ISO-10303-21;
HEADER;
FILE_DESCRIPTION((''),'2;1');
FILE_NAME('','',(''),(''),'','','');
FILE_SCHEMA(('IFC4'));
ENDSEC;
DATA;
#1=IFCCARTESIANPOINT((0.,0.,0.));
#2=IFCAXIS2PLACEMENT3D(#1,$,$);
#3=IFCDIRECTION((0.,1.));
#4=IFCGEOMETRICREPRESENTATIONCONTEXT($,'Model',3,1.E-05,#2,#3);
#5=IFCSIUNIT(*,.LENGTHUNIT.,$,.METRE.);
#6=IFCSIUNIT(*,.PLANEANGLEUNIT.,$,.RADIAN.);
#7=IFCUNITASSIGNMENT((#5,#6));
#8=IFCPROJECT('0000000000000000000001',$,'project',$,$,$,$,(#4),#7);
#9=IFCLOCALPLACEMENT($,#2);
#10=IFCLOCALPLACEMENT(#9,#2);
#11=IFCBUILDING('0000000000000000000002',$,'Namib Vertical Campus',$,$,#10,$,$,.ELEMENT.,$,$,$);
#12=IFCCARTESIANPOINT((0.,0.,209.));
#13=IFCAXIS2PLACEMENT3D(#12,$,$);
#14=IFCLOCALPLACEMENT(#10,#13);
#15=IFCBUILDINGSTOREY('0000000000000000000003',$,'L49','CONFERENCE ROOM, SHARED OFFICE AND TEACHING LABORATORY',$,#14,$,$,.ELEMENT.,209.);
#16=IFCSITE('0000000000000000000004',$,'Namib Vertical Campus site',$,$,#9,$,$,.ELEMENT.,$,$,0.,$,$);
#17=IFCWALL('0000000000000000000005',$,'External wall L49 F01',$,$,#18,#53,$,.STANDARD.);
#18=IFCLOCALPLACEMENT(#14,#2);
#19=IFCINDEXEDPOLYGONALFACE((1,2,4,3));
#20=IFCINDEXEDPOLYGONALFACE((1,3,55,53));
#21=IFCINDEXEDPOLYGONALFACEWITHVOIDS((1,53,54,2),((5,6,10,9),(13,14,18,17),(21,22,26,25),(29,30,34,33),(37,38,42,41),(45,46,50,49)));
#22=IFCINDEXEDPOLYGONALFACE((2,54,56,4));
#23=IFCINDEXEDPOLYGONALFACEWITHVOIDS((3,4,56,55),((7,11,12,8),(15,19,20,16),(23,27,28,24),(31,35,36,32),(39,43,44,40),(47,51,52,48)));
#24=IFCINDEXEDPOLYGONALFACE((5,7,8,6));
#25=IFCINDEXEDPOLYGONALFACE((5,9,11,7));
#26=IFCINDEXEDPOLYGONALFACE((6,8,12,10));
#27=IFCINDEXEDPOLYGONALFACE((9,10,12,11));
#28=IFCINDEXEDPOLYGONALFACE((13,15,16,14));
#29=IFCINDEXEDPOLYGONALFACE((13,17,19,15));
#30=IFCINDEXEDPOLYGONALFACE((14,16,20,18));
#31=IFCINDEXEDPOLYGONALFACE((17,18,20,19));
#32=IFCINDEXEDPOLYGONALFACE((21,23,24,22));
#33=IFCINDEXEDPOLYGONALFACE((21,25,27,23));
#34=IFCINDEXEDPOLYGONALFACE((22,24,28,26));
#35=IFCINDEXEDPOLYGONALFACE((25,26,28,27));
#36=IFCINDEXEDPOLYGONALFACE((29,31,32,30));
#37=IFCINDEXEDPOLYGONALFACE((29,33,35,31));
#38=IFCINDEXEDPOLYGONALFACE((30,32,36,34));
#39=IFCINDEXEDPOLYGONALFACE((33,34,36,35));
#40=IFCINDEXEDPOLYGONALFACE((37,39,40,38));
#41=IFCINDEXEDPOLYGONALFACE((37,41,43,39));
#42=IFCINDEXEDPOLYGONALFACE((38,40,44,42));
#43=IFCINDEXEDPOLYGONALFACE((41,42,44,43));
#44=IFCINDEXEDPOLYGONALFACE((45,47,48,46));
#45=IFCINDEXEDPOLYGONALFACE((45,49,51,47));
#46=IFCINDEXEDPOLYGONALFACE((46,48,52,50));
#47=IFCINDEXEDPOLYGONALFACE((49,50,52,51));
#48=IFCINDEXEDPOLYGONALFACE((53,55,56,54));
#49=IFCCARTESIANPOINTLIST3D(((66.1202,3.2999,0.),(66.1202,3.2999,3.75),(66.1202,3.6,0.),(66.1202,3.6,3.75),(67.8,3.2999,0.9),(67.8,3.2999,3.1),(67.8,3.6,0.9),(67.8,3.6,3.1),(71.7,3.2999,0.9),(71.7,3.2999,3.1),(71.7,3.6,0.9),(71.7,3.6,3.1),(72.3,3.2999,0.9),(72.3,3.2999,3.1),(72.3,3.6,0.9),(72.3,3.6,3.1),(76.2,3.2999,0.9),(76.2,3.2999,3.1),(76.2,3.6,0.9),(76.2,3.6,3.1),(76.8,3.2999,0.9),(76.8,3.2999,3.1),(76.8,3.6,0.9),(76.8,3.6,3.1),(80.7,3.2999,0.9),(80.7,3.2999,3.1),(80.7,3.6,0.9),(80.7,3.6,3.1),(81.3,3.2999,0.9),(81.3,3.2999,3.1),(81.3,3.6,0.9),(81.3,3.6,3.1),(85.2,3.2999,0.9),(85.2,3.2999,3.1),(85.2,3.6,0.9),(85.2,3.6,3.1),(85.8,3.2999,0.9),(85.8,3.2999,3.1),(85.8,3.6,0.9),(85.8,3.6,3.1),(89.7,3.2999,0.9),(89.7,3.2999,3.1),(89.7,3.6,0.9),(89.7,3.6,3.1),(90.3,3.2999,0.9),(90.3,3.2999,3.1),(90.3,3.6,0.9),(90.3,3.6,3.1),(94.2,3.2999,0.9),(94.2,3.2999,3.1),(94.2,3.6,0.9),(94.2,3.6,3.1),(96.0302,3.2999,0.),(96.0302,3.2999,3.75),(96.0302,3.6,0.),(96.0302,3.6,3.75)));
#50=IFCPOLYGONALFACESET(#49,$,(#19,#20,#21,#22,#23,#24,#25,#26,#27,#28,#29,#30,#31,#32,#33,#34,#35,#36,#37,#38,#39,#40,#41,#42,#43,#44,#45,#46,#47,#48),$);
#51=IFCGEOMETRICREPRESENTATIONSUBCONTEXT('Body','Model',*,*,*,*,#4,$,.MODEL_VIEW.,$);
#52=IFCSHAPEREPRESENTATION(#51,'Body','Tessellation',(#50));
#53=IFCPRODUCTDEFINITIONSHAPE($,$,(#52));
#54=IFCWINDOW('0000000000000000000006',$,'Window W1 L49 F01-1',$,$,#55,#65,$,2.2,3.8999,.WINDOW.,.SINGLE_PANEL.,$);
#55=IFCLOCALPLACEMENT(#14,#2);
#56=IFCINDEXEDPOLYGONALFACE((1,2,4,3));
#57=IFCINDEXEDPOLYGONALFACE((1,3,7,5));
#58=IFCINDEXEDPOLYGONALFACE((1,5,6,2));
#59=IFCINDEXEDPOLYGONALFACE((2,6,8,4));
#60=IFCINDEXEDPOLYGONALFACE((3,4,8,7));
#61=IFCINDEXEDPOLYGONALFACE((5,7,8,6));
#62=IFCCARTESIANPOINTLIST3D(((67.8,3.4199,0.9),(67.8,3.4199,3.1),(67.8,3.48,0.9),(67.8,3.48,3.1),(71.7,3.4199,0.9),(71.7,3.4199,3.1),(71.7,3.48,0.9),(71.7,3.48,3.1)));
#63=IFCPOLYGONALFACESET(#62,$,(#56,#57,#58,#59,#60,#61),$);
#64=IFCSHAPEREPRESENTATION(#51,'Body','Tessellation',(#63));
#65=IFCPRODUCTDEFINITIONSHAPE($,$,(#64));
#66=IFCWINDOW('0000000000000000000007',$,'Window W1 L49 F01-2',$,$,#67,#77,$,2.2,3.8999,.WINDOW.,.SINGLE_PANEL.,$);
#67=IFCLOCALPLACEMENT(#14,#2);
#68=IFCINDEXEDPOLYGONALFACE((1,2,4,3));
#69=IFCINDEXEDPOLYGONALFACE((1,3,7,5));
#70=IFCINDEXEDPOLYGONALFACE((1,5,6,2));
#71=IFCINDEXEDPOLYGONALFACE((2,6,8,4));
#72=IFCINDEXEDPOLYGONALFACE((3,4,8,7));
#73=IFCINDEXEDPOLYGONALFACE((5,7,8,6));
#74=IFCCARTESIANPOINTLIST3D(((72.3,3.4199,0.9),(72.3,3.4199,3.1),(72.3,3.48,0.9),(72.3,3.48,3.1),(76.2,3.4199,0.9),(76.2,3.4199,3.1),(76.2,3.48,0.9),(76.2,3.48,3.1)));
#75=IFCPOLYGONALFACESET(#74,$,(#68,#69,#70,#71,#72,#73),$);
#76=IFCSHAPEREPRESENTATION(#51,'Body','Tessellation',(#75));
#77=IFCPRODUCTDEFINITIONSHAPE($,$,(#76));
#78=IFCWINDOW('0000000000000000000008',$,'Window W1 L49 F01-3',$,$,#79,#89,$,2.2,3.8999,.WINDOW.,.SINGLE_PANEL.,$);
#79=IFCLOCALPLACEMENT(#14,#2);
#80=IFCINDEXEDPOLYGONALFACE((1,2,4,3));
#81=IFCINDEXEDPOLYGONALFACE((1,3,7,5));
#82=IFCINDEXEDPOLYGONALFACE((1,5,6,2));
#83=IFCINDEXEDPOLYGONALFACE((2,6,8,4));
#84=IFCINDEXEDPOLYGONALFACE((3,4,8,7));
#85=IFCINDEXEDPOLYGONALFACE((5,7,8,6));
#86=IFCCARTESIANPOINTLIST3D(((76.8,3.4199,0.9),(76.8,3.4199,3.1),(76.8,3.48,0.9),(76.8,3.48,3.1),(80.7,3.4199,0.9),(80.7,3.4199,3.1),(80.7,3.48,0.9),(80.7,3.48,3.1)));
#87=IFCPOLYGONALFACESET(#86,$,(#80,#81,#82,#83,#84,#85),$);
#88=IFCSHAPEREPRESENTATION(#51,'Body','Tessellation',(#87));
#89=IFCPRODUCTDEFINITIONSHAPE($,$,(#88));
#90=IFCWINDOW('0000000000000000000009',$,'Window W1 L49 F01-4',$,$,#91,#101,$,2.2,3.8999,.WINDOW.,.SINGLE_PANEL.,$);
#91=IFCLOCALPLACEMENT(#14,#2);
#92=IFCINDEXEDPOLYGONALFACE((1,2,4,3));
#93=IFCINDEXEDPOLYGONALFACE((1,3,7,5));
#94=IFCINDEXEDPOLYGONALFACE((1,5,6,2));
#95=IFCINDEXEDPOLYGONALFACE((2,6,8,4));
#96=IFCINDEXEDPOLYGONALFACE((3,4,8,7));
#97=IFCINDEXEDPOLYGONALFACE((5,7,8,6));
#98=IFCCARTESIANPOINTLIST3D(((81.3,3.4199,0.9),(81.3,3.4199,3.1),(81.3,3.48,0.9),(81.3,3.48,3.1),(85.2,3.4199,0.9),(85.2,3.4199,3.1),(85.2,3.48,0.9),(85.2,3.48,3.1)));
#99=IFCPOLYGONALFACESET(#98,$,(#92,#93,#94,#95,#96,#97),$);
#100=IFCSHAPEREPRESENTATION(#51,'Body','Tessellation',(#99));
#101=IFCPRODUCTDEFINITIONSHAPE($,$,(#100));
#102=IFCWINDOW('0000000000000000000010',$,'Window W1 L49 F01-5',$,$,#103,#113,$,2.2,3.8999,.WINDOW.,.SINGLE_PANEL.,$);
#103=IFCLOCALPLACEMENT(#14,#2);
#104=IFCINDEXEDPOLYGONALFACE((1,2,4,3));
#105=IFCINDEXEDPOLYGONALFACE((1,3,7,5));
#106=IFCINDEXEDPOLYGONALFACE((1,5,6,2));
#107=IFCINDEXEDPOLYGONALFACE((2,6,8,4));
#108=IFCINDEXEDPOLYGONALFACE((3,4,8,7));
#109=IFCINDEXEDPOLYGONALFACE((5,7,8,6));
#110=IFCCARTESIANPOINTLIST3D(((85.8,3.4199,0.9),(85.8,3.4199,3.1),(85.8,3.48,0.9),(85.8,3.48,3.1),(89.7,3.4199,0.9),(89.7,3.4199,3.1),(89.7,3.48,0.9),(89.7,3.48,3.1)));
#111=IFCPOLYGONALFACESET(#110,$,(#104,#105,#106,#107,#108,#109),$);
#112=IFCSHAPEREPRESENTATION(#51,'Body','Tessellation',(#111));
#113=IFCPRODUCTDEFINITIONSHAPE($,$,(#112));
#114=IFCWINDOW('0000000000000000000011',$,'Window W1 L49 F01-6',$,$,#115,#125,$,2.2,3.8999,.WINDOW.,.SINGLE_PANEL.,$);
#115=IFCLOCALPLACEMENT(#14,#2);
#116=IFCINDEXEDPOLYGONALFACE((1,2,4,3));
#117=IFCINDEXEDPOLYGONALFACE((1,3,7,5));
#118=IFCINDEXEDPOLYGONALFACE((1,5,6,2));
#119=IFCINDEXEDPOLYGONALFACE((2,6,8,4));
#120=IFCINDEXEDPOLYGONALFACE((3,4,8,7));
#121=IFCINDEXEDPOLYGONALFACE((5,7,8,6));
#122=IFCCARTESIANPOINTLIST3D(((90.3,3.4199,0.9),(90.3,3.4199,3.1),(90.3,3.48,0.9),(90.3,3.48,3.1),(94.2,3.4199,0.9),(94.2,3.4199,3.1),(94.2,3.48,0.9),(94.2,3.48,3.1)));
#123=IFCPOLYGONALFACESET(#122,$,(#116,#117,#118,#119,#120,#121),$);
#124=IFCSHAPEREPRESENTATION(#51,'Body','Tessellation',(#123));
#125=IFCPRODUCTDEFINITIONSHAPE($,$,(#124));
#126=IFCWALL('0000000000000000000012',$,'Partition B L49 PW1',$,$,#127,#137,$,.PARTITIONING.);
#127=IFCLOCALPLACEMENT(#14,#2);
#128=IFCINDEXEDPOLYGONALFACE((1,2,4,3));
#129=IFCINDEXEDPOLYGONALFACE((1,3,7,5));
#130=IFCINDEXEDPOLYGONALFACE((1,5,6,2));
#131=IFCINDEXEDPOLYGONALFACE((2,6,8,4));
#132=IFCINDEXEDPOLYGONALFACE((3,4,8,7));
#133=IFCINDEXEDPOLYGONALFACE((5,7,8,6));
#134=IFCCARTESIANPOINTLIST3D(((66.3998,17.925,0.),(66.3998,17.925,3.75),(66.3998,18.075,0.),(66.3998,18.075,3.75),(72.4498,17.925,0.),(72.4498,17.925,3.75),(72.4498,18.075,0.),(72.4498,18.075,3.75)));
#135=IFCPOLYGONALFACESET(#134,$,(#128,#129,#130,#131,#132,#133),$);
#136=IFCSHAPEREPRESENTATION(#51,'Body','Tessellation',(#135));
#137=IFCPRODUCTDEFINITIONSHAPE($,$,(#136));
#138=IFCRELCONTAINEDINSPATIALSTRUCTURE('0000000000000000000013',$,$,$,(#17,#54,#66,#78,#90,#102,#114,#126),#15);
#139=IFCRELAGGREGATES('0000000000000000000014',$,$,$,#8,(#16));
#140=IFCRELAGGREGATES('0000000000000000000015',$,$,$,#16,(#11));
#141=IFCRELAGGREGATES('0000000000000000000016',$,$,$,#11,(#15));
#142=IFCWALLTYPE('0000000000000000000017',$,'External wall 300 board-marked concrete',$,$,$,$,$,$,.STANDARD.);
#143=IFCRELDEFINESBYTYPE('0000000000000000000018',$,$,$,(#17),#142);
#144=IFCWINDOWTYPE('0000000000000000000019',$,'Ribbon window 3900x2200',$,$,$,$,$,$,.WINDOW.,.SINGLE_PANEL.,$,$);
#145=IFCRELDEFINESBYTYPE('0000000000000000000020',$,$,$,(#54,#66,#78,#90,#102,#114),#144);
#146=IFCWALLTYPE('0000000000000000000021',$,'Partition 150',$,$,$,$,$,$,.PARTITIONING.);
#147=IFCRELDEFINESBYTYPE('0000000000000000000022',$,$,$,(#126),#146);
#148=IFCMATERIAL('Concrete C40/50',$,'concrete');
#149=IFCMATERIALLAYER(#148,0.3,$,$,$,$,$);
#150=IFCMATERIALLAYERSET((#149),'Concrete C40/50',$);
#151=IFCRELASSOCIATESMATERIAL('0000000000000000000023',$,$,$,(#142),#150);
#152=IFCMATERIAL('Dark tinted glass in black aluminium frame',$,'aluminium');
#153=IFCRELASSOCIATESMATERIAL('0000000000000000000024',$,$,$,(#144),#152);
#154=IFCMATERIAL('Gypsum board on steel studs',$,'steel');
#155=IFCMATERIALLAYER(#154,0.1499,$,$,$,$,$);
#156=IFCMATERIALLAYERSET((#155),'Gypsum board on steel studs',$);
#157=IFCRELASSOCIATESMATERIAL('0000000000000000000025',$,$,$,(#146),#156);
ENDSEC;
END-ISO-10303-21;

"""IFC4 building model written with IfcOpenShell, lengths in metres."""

from ifc_helpers import new_model, si_unit, direction, frame, frame_2d, origin, place, context, subcontext, project, spatial, rectangle, extrude, material, layer, layer_set, type_object, element, fill, save


model = new_model("IFC4")

# Units and contexts
model_context = context("Model", 3, precision=1e-05, world=origin(), true_north=direction((0.0, 1.0)))
body_context = subcontext(model_context, "Body", "Model", "MODEL_VIEW")
ifc_project = project(units=[si_unit("LENGTHUNIT", "METRE"), si_unit("PLANEANGLEUNIT", "RADIAN")], contexts=[model_context])

# Site, building, storey
site_placement = place(None, origin())
site = spatial("IfcSite", under=ifc_project, at=site_placement, Name="Namib Vertical Campus site", CompositionType="ELEMENT", RefElevation=0.0)
building_placement = place(site_placement, origin())
building = spatial("IfcBuilding", under=site, at=building_placement, Name="Namib Vertical Campus", CompositionType="ELEMENT")
storey_placement = place(building_placement, frame((0.0, 0.0, 209.0)))
storey = spatial("IfcBuildingStorey", under=building, at=storey_placement, Name="L49", Description="CONFERENCE ROOM, SHARED OFFICE AND TEACHING LABORATORY", CompositionType="ELEMENT", Elevation=209.0)

# Wall, openings, windows
ifc_material_1 = material(Name="Concrete C40/50", Category="concrete")
ifc_layer_1 = layer(ifc_material_1, 0.3)
ifc_layer_set_1 = layer_set([ifc_layer_1], Name="Concrete C40/50")
wall_type_1 = type_object("IfcWallType", Name="External wall 300 board-marked concrete", PredefinedType="STANDARD", material=ifc_layer_set_1)
ifc_material_2 = material(Name="Dark tinted glass in black aluminium frame", Category="aluminium")
window_type = type_object("IfcWindowType", Name="Ribbon window 3900x2200", PartitioningType="SINGLE_PANEL", PredefinedType="WINDOW", material=ifc_material_2)
wall_1_placement = place(storey_placement, frame((66.1201, 3.45, 0.0), z_axis=(0.0, 0.0, 1.0), x_axis=(1.0, 0.0, 0.0)))
wall_1 = element("IfcWall", 1, at=wall_1_placement, inside=storey, type_object=wall_type_1, Name="External wall L49 F01", PredefinedType="STANDARD", context=body_context, shape_type="SweptSolid", body=[
    extrude(rectangle(XDim=29.9099, YDim=0.3, at=frame_2d((14.9551, 0.0))), origin(), (0.0, 0.0, 1.0), 3.75),
])
opening_1_placement = place(wall_1_placement, frame((1.6799, 0.0, 0.8999)))
opening_1 = element("IfcOpeningElement", 2, at=opening_1_placement, cuts=wall_1, PredefinedType="OPENING", context=body_context, shape_type="SweptSolid", body=[
    extrude(rectangle(XDim=3.8999, YDim=2.2, at=frame_2d((1.95, 1.1001))), frame((0.0, 0.1599, 0.0), z_axis=(0.0, -1.0, 0.0), x_axis=(1.0, 0.0, 0.0)), (0.0, 0.0, 1.0), 0.3201),
])
opening_2_placement = place(wall_1_placement, frame((6.1799, 0.0, 0.8999)))
opening_2 = element("IfcOpeningElement", 3, at=opening_2_placement, cuts=wall_1, PredefinedType="OPENING", context=body_context, shape_type="SweptSolid", body=[
    extrude(rectangle(XDim=3.8999, YDim=2.2, at=frame_2d((1.95, 1.1001))), frame((0.0, 0.1599, 0.0), z_axis=(0.0, -1.0, 0.0), x_axis=(1.0, 0.0, 0.0)), (0.0, 0.0, 1.0), 0.3201),
])
opening_3_placement = place(wall_1_placement, frame((10.6799, 0.0, 0.8999)))
opening_3 = element("IfcOpeningElement", 4, at=opening_3_placement, cuts=wall_1, PredefinedType="OPENING", context=body_context, shape_type="SweptSolid", body=[
    extrude(rectangle(XDim=3.8999, YDim=2.2, at=frame_2d((1.95, 1.1001))), frame((0.0, 0.1599, 0.0), z_axis=(0.0, -1.0, 0.0), x_axis=(1.0, 0.0, 0.0)), (0.0, 0.0, 1.0), 0.3201),
])
opening_4_placement = place(wall_1_placement, frame((15.1799, 0.0, 0.8999)))
opening_4 = element("IfcOpeningElement", 5, at=opening_4_placement, cuts=wall_1, PredefinedType="OPENING", context=body_context, shape_type="SweptSolid", body=[
    extrude(rectangle(XDim=3.8999, YDim=2.2, at=frame_2d((1.95, 1.1001))), frame((0.0, 0.1599, 0.0), z_axis=(0.0, -1.0, 0.0), x_axis=(1.0, 0.0, 0.0)), (0.0, 0.0, 1.0), 0.3201),
])
opening_5_placement = place(wall_1_placement, frame((19.6799, 0.0, 0.8999)))
opening_5 = element("IfcOpeningElement", 6, at=opening_5_placement, cuts=wall_1, PredefinedType="OPENING", context=body_context, shape_type="SweptSolid", body=[
    extrude(rectangle(XDim=3.8999, YDim=2.2, at=frame_2d((1.95, 1.1001))), frame((0.0, 0.1599, 0.0), z_axis=(0.0, -1.0, 0.0), x_axis=(1.0, 0.0, 0.0)), (0.0, 0.0, 1.0), 0.3201),
])
opening_6_placement = place(wall_1_placement, frame((24.1799, 0.0, 0.8999)))
opening_6 = element("IfcOpeningElement", 7, at=opening_6_placement, cuts=wall_1, PredefinedType="OPENING", context=body_context, shape_type="SweptSolid", body=[
    extrude(rectangle(XDim=3.8999, YDim=2.2, at=frame_2d((1.95, 1.1001))), frame((0.0, 0.1599, 0.0), z_axis=(0.0, -1.0, 0.0), x_axis=(1.0, 0.0, 0.0)), (0.0, 0.0, 1.0), 0.3201),
])
window_1_placement = place(opening_1_placement, origin())
window_1 = element("IfcWindow", 8, at=window_1_placement, inside=storey, type_object=window_type, Name="Window W1 L49 F01-1", OverallHeight=2.2, OverallWidth=3.8999, PartitioningType="SINGLE_PANEL", PredefinedType="WINDOW", context=body_context, shape_type="SweptSolid", body=[
    extrude(rectangle(XDim=3.8999, YDim=2.2, at=frame_2d((1.95, 1.1001))), frame((0.0, 0.03, 0.0), z_axis=(0.0, -1.0, 0.0), x_axis=(1.0, 0.0, 0.0)), (0.0, 0.0, 1.0), 0.0601),
])
fill(opening_1, window_1)
window_2_placement = place(opening_2_placement, origin())
window_2 = element("IfcWindow", 9, at=window_2_placement, inside=storey, type_object=window_type, Name="Window W1 L49 F01-2", OverallHeight=2.2, OverallWidth=3.8999, PartitioningType="SINGLE_PANEL", PredefinedType="WINDOW", context=body_context, shape_type="SweptSolid", body=[
    extrude(rectangle(XDim=3.8999, YDim=2.2, at=frame_2d((1.95, 1.1001))), frame((0.0, 0.03, 0.0), z_axis=(0.0, -1.0, 0.0), x_axis=(1.0, 0.0, 0.0)), (0.0, 0.0, 1.0), 0.0601),
])
fill(opening_2, window_2)
window_3_placement = place(opening_3_placement, origin())
window_3 = element("IfcWindow", 10, at=window_3_placement, inside=storey, type_object=window_type, Name="Window W1 L49 F01-3", OverallHeight=2.2, OverallWidth=3.8999, PartitioningType="SINGLE_PANEL", PredefinedType="WINDOW", context=body_context, shape_type="SweptSolid", body=[
    extrude(rectangle(XDim=3.8999, YDim=2.2, at=frame_2d((1.95, 1.1001))), frame((0.0, 0.03, 0.0), z_axis=(0.0, -1.0, 0.0), x_axis=(1.0, 0.0, 0.0)), (0.0, 0.0, 1.0), 0.0601),
])
fill(opening_3, window_3)
window_4_placement = place(opening_4_placement, origin())
window_4 = element("IfcWindow", 11, at=window_4_placement, inside=storey, type_object=window_type, Name="Window W1 L49 F01-4", OverallHeight=2.2, OverallWidth=3.8999, PartitioningType="SINGLE_PANEL", PredefinedType="WINDOW", context=body_context, shape_type="SweptSolid", body=[
    extrude(rectangle(XDim=3.8999, YDim=2.2, at=frame_2d((1.95, 1.1001))), frame((0.0, 0.03, 0.0), z_axis=(0.0, -1.0, 0.0), x_axis=(1.0, 0.0, 0.0)), (0.0, 0.0, 1.0), 0.0601),
])
fill(opening_4, window_4)
window_5_placement = place(opening_5_placement, origin())
window_5 = element("IfcWindow", 12, at=window_5_placement, inside=storey, type_object=window_type, Name="Window W1 L49 F01-5", OverallHeight=2.2, OverallWidth=3.8999, PartitioningType="SINGLE_PANEL", PredefinedType="WINDOW", context=body_context, shape_type="SweptSolid", body=[
    extrude(rectangle(XDim=3.8999, YDim=2.2, at=frame_2d((1.95, 1.1001))), frame((0.0, 0.03, 0.0), z_axis=(0.0, -1.0, 0.0), x_axis=(1.0, 0.0, 0.0)), (0.0, 0.0, 1.0), 0.0601),
])
fill(opening_5, window_5)
window_6_placement = place(opening_6_placement, origin())
window_6 = element("IfcWindow", 13, at=window_6_placement, inside=storey, type_object=window_type, Name="Window W1 L49 F01-6", OverallHeight=2.2, OverallWidth=3.8999, PartitioningType="SINGLE_PANEL", PredefinedType="WINDOW", context=body_context, shape_type="SweptSolid", body=[
    extrude(rectangle(XDim=3.8999, YDim=2.2, at=frame_2d((1.95, 1.1001))), frame((0.0, 0.03, 0.0), z_axis=(0.0, -1.0, 0.0), x_axis=(1.0, 0.0, 0.0)), (0.0, 0.0, 1.0), 0.0601),
])
fill(opening_6, window_6)

# Wall
ifc_material_3 = material(Name="Gypsum board on steel studs", Category="steel")
ifc_layer_2 = layer(ifc_material_3, 0.1499)
ifc_layer_set_2 = layer_set([ifc_layer_2], Name="Gypsum board on steel studs")
wall_type_2 = type_object("IfcWallType", Name="Partition 150", PredefinedType="PARTITIONING", material=ifc_layer_set_2)
wall_2_placement = place(storey_placement, frame((66.3999, 18.0, 0.0), z_axis=(0.0, 0.0, 1.0), x_axis=(1.0, 0.0, 0.0)))
element("IfcWall", 14, at=wall_2_placement, inside=storey, type_object=wall_type_2, Name="Partition B L49 PW1", PredefinedType="PARTITIONING", context=body_context, shape_type="SweptSolid", body=[
    extrude(rectangle(XDim=6.05, YDim=0.1499, at=frame_2d((3.0249, 0.0))), origin(), (0.0, 0.0, 1.0), 3.75),
])

save(model, "model.ifc")
